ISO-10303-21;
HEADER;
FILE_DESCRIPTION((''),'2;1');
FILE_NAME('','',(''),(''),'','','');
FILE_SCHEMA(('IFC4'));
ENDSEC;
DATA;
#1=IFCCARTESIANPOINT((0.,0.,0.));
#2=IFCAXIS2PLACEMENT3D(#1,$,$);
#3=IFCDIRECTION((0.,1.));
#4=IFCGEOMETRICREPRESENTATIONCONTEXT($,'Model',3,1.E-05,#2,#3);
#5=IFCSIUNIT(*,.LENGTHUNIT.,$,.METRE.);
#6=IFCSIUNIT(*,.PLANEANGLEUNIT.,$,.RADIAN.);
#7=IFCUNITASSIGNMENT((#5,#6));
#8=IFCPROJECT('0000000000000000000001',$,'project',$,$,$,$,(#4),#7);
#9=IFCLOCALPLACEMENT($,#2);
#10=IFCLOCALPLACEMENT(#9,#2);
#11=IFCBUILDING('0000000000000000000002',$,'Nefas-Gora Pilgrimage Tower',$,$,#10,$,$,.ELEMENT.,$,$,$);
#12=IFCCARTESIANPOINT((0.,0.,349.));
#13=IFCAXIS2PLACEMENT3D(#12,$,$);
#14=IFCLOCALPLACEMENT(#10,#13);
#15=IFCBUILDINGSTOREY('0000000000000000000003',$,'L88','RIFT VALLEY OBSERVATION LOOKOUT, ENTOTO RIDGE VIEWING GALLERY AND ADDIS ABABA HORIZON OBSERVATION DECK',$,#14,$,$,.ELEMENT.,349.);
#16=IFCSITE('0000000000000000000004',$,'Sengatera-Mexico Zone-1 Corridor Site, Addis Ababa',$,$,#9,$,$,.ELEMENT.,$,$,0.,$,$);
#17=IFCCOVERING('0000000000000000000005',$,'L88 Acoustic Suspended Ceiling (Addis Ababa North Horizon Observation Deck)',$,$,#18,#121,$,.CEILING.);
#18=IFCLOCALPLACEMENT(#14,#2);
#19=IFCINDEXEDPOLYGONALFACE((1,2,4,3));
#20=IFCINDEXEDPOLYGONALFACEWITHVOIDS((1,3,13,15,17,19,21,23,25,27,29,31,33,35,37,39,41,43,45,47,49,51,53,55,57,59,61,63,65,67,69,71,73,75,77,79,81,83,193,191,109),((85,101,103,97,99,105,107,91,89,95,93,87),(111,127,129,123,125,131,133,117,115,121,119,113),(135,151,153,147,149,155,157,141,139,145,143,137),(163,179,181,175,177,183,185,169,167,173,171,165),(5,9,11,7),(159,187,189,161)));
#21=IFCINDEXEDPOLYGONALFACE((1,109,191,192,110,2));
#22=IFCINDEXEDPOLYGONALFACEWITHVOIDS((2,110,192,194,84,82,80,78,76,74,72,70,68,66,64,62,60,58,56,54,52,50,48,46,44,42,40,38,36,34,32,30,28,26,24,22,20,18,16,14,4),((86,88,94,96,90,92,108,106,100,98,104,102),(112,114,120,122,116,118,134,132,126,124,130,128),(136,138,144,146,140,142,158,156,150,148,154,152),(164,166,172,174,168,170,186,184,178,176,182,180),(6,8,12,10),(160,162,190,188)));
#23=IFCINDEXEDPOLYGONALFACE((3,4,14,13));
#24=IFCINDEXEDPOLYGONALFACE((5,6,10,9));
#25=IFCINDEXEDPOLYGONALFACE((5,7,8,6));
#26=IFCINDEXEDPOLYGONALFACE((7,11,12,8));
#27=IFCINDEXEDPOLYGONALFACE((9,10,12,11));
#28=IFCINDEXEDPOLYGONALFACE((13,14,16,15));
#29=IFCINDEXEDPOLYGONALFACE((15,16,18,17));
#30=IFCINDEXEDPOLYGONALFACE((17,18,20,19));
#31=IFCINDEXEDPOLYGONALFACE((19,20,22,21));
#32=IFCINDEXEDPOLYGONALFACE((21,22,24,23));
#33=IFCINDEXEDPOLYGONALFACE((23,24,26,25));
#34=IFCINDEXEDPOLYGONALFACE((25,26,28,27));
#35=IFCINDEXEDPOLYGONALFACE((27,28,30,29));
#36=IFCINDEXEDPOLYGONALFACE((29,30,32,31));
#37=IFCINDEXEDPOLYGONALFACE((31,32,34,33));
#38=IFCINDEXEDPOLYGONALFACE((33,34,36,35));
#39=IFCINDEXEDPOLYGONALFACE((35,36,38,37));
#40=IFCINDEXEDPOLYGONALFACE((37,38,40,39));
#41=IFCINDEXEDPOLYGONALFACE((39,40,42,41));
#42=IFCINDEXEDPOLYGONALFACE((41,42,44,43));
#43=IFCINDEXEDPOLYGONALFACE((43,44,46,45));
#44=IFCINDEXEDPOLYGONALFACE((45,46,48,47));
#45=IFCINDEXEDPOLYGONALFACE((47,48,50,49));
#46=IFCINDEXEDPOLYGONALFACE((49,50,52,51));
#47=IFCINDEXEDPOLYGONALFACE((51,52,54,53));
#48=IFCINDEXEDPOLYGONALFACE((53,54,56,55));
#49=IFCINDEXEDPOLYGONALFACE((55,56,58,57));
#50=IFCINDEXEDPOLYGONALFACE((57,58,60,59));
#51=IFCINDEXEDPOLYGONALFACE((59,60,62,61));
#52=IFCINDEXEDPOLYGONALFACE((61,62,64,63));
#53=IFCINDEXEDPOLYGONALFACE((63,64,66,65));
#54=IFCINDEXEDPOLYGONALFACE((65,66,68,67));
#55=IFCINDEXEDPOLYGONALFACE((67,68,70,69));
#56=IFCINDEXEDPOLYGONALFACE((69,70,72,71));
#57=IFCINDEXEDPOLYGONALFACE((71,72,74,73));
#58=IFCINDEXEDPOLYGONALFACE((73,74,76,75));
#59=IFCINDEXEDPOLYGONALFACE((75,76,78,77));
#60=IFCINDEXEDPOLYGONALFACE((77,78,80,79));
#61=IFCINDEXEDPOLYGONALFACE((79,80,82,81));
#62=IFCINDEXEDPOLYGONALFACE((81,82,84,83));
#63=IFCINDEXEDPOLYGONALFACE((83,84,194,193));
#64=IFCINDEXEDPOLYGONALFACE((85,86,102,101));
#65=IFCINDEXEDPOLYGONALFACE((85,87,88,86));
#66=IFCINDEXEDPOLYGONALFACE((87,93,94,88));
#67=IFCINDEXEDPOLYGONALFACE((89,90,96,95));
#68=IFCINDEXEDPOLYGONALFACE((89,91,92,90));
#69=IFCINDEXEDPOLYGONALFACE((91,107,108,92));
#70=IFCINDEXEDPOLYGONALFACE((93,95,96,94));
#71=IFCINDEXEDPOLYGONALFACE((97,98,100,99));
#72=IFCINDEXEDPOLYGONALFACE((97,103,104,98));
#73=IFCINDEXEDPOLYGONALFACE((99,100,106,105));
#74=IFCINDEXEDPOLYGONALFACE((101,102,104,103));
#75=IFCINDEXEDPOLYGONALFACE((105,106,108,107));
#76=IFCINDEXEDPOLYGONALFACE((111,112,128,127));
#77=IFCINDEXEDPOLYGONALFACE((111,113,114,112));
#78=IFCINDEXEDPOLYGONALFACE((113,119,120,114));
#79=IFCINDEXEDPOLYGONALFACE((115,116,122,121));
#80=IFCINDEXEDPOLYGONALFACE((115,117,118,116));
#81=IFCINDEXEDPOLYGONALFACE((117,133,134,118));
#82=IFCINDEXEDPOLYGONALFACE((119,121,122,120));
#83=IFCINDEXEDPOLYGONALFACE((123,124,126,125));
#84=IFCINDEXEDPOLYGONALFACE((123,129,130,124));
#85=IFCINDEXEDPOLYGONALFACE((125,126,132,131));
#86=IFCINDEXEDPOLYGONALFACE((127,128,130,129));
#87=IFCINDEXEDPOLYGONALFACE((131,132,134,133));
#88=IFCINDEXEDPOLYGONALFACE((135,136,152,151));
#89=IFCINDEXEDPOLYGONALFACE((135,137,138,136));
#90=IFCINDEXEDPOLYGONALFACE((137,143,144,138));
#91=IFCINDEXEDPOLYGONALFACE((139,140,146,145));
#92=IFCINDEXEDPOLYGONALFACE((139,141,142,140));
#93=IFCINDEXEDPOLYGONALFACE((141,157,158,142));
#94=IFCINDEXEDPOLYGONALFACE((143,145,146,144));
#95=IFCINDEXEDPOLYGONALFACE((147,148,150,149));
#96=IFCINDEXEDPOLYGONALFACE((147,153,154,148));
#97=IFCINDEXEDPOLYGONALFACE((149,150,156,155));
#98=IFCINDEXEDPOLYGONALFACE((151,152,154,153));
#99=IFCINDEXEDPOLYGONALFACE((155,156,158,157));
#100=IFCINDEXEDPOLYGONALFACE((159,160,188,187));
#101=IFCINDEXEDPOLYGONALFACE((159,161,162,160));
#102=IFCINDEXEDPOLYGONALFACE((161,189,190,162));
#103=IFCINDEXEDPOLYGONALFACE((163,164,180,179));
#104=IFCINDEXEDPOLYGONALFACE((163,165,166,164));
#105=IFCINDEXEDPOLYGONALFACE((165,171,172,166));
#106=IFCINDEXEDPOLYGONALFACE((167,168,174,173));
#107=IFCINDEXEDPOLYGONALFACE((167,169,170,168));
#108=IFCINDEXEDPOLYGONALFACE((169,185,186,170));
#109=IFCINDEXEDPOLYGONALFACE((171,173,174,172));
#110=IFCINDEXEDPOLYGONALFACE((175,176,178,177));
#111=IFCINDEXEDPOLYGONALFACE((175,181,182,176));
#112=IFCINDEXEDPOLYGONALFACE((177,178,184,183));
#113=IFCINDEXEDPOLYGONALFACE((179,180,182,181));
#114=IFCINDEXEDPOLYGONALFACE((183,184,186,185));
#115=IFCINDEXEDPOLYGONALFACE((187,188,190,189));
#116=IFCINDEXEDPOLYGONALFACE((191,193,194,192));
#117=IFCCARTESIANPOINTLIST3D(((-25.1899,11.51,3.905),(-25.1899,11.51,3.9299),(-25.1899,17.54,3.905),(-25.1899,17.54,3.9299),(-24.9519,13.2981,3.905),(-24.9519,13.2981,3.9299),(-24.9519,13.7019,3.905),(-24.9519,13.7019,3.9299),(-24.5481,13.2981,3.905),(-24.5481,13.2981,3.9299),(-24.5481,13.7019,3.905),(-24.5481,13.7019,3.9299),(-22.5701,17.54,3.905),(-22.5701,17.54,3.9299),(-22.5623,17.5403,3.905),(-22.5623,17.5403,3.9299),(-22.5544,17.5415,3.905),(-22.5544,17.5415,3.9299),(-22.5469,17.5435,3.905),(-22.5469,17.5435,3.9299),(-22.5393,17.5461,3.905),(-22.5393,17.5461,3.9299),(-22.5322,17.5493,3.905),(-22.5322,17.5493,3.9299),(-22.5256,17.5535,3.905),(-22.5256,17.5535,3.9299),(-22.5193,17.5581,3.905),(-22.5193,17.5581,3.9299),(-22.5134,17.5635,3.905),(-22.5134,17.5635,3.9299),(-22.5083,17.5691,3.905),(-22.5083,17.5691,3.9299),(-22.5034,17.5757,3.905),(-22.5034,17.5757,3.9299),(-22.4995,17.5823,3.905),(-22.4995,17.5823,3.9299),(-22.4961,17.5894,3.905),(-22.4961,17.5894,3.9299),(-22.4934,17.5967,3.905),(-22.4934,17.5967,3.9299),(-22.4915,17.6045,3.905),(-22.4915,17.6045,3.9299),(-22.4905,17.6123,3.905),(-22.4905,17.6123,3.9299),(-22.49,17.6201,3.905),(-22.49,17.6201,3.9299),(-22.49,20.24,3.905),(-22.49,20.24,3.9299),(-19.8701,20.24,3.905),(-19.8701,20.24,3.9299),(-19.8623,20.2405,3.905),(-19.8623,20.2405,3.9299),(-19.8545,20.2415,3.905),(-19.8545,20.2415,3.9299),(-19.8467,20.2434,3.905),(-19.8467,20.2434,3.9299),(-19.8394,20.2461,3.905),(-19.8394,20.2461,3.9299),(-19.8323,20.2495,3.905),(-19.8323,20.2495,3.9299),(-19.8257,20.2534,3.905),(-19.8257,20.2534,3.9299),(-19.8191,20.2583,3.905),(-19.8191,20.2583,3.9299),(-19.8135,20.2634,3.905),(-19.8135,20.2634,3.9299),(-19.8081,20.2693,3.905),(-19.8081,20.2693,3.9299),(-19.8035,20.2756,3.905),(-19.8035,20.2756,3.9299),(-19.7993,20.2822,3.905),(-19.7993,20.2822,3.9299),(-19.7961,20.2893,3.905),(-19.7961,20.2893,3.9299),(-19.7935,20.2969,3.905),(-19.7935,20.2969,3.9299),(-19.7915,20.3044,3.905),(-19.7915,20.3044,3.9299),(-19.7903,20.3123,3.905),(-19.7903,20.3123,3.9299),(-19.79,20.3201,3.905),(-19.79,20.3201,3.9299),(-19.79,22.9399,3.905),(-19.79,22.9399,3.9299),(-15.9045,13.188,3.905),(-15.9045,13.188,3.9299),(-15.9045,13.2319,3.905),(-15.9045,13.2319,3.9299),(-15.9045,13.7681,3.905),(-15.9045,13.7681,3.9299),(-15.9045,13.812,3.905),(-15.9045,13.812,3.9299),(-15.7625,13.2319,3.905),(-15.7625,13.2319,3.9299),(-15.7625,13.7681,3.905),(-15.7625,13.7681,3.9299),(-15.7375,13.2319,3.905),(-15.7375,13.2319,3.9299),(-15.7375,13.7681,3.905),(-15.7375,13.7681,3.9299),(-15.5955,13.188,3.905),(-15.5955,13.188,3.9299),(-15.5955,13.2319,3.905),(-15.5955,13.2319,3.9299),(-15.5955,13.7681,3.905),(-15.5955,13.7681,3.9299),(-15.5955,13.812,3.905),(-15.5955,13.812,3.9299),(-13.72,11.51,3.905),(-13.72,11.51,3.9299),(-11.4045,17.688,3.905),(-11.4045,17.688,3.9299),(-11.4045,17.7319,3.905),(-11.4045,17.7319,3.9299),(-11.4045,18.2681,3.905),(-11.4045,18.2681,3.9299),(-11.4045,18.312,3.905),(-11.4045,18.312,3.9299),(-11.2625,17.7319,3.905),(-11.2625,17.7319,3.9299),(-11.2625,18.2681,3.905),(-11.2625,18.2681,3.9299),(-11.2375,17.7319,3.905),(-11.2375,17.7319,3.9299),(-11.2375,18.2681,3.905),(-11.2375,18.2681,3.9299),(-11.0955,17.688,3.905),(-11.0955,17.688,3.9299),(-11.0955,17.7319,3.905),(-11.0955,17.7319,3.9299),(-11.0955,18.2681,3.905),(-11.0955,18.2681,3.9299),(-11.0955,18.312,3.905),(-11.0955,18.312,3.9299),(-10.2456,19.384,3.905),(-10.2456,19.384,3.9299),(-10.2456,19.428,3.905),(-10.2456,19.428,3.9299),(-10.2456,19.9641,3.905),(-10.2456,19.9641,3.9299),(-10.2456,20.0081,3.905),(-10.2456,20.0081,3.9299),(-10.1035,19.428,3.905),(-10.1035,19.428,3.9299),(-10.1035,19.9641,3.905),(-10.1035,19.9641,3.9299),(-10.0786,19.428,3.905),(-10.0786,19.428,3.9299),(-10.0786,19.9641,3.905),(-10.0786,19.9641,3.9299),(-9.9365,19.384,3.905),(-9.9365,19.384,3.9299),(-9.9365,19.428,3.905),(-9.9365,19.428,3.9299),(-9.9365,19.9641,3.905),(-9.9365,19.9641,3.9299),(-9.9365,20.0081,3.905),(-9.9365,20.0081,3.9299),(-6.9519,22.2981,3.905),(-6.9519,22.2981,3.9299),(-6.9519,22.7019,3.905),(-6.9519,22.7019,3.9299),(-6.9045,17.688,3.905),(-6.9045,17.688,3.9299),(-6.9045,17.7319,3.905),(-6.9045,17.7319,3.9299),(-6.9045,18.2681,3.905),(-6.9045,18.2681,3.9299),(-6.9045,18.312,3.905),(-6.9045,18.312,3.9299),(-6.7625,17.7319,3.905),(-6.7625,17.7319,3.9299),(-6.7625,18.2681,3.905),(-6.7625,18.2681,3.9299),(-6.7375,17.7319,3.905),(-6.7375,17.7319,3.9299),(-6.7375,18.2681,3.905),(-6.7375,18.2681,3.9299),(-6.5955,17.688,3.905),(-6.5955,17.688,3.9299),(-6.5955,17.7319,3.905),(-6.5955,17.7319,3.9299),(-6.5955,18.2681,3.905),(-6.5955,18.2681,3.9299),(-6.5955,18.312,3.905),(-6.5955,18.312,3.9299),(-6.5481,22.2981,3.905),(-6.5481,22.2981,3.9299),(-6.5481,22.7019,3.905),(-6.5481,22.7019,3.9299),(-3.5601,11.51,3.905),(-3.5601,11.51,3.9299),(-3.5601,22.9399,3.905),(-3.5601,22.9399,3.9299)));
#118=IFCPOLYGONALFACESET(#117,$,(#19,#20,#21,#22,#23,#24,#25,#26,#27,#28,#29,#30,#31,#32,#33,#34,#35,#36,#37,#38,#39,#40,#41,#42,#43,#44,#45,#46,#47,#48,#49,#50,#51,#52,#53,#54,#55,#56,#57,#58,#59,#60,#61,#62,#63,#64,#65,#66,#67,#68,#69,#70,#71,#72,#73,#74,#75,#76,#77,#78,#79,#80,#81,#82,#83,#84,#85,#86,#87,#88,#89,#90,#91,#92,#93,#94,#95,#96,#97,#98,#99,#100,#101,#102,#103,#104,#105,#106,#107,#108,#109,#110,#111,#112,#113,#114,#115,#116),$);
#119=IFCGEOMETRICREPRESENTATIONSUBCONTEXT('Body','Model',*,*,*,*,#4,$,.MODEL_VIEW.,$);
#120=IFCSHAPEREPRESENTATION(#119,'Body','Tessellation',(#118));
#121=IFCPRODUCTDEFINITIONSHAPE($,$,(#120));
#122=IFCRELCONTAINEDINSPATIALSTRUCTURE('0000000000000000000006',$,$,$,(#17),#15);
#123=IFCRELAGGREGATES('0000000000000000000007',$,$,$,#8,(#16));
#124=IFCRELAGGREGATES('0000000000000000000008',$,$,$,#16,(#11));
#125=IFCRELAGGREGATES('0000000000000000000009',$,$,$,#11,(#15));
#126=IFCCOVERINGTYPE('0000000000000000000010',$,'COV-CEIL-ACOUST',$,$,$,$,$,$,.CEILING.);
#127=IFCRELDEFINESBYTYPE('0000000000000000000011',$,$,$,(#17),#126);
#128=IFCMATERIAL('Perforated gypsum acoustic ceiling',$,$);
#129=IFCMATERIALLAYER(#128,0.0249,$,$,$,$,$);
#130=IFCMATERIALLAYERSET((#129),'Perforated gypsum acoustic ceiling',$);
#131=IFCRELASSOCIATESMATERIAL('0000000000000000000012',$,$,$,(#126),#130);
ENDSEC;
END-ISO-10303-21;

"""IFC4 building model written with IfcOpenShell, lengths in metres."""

from ifc_helpers import new_model, si_unit, direction, frame, origin, place, context, subcontext, project, spatial, polyline, outline, extrude, material, layer, layer_set, type_object, element, save


model = new_model("IFC4")

# Units and contexts
model_context = context("Model", 3, precision=1e-05, world=origin(), true_north=direction((0.0, 1.0)))
body_context = subcontext(model_context, "Body", "Model", "MODEL_VIEW")
ifc_project = project(units=[si_unit("LENGTHUNIT", "METRE"), si_unit("PLANEANGLEUNIT", "RADIAN")], contexts=[model_context])

# Site, building, storey
site_placement = place(None, origin())
site = spatial("IfcSite", under=ifc_project, at=site_placement, Name="Sengatera-Mexico Zone-1 Corridor Site, Addis Ababa", CompositionType="ELEMENT", RefElevation=0.0)
building_placement = place(site_placement, origin())
building = spatial("IfcBuilding", under=site, at=building_placement, Name="Nefas-Gora Pilgrimage Tower", CompositionType="ELEMENT")
storey_placement = place(building_placement, frame((0.0, 0.0, 349.0)))
storey = spatial("IfcBuildingStorey", under=building, at=storey_placement, Name="L88", Description="RIFT VALLEY OBSERVATION LOOKOUT, ENTOTO RIDGE VIEWING GALLERY AND ADDIS ABABA HORIZON OBSERVATION DECK", CompositionType="ELEMENT", Elevation=349.0)

# Covering
ifc_material_1 = material(Name="Perforated gypsum acoustic ceiling")
ifc_layer_1 = layer(ifc_material_1, 0.0249)
ifc_layer_set_1 = layer_set([ifc_layer_1], Name="Perforated gypsum acoustic ceiling")
covering_type_1 = type_object("IfcCoveringType", Name="COV-CEIL-ACOUST", PredefinedType="CEILING", material=ifc_layer_set_1)
covering_1_placement = place(storey_placement, frame((0.0, 0.0, 3.905)))
element("IfcCovering", 1, at=covering_1_placement, inside=storey, type_object=covering_type_1, Name="L88 Acoustic Suspended Ceiling (Addis Ababa North Horizon Observation Deck)", PredefinedType="CEILING", context=body_context, shape_type="SweptSolid", body=[
    extrude(outline(polyline([(-25.1899, 17.54), (-25.1899, 11.51), (-13.72, 11.51), (-3.5601, 11.51), (-3.5601, 22.9399), (-19.79, 22.9399), (-19.79, 20.3201), (-19.7903, 20.3123), (-19.7915, 20.3044), (-19.7935, 20.2969), (-19.7961, 20.2893), (-19.7993, 20.2822), (-19.8035, 20.2756), (-19.8081, 20.2693), (-19.8135, 20.2634), (-19.8191, 20.2583), (-19.8257, 20.2534), (-19.8323, 20.2495), (-19.8394, 20.2461), (-19.8467, 20.2434), (-19.8545, 20.2415), (-19.8623, 20.2405), (-19.8701, 20.24), (-22.49, 20.24), (-22.49, 17.6201), (-22.4905, 17.6123), (-22.4915, 17.6045), (-22.4934, 17.5967), (-22.4961, 17.5894), (-22.4995, 17.5823), (-22.5034, 17.5757), (-22.5083, 17.5691), (-22.5134, 17.5635), (-22.5193, 17.5581), (-22.5256, 17.5535), (-22.5322, 17.5493), (-22.5393, 17.5461), (-22.5469, 17.5435), (-22.5544, 17.5415), (-22.5623, 17.5403), (-22.5701, 17.54), (-25.1899, 17.54)]), holes=[polyline([(-6.5481, 22.7019), (-6.5481, 22.2981), (-6.9519, 22.2981), (-6.9519, 22.7019), (-6.5481, 22.7019)]), polyline([(-6.5955, 18.312), (-6.5955, 18.2681), (-6.7375, 18.2681), (-6.7375, 17.7319), (-6.5955, 17.7319), (-6.5955, 17.688), (-6.9045, 17.688), (-6.9045, 17.7319), (-6.7625, 17.7319), (-6.7625, 18.2681), (-6.9045, 18.2681), (-6.9045, 18.312), (-6.5955, 18.312)]), polyline([(-10.2456, 20.0081), (-9.9365, 20.0081), (-9.9365, 19.9641), (-10.0786, 19.9641), (-10.0786, 19.428), (-9.9365, 19.428), (-9.9365, 19.384), (-10.2456, 19.384), (-10.2456, 19.428), (-10.1035, 19.428), (-10.1035, 19.9641), (-10.2456, 19.9641), (-10.2456, 20.0081)]), polyline([(-11.0955, 18.312), (-11.0955, 18.2681), (-11.2375, 18.2681), (-11.2375, 17.7319), (-11.0955, 17.7319), (-11.0955, 17.688), (-11.4045, 17.688), (-11.4045, 17.7319), (-11.2625, 17.7319), (-11.2625, 18.2681), (-11.4045, 18.2681), (-11.4045, 18.312), (-11.0955, 18.312)]), polyline([(-15.9045, 13.812), (-15.5955, 13.812), (-15.5955, 13.7681), (-15.7375, 13.7681), (-15.7375, 13.2319), (-15.5955, 13.2319), (-15.5955, 13.188), (-15.9045, 13.188), (-15.9045, 13.2319), (-15.7625, 13.2319), (-15.7625, 13.7681), (-15.9045, 13.7681), (-15.9045, 13.812)]), polyline([(-24.5481, 13.7019), (-24.5481, 13.2981), (-24.9519, 13.2981), (-24.9519, 13.7019), (-24.5481, 13.7019)])]), origin(), (0.0, 0.0, 1.0), 0.0249),
])

save(model, "model.ifc")
